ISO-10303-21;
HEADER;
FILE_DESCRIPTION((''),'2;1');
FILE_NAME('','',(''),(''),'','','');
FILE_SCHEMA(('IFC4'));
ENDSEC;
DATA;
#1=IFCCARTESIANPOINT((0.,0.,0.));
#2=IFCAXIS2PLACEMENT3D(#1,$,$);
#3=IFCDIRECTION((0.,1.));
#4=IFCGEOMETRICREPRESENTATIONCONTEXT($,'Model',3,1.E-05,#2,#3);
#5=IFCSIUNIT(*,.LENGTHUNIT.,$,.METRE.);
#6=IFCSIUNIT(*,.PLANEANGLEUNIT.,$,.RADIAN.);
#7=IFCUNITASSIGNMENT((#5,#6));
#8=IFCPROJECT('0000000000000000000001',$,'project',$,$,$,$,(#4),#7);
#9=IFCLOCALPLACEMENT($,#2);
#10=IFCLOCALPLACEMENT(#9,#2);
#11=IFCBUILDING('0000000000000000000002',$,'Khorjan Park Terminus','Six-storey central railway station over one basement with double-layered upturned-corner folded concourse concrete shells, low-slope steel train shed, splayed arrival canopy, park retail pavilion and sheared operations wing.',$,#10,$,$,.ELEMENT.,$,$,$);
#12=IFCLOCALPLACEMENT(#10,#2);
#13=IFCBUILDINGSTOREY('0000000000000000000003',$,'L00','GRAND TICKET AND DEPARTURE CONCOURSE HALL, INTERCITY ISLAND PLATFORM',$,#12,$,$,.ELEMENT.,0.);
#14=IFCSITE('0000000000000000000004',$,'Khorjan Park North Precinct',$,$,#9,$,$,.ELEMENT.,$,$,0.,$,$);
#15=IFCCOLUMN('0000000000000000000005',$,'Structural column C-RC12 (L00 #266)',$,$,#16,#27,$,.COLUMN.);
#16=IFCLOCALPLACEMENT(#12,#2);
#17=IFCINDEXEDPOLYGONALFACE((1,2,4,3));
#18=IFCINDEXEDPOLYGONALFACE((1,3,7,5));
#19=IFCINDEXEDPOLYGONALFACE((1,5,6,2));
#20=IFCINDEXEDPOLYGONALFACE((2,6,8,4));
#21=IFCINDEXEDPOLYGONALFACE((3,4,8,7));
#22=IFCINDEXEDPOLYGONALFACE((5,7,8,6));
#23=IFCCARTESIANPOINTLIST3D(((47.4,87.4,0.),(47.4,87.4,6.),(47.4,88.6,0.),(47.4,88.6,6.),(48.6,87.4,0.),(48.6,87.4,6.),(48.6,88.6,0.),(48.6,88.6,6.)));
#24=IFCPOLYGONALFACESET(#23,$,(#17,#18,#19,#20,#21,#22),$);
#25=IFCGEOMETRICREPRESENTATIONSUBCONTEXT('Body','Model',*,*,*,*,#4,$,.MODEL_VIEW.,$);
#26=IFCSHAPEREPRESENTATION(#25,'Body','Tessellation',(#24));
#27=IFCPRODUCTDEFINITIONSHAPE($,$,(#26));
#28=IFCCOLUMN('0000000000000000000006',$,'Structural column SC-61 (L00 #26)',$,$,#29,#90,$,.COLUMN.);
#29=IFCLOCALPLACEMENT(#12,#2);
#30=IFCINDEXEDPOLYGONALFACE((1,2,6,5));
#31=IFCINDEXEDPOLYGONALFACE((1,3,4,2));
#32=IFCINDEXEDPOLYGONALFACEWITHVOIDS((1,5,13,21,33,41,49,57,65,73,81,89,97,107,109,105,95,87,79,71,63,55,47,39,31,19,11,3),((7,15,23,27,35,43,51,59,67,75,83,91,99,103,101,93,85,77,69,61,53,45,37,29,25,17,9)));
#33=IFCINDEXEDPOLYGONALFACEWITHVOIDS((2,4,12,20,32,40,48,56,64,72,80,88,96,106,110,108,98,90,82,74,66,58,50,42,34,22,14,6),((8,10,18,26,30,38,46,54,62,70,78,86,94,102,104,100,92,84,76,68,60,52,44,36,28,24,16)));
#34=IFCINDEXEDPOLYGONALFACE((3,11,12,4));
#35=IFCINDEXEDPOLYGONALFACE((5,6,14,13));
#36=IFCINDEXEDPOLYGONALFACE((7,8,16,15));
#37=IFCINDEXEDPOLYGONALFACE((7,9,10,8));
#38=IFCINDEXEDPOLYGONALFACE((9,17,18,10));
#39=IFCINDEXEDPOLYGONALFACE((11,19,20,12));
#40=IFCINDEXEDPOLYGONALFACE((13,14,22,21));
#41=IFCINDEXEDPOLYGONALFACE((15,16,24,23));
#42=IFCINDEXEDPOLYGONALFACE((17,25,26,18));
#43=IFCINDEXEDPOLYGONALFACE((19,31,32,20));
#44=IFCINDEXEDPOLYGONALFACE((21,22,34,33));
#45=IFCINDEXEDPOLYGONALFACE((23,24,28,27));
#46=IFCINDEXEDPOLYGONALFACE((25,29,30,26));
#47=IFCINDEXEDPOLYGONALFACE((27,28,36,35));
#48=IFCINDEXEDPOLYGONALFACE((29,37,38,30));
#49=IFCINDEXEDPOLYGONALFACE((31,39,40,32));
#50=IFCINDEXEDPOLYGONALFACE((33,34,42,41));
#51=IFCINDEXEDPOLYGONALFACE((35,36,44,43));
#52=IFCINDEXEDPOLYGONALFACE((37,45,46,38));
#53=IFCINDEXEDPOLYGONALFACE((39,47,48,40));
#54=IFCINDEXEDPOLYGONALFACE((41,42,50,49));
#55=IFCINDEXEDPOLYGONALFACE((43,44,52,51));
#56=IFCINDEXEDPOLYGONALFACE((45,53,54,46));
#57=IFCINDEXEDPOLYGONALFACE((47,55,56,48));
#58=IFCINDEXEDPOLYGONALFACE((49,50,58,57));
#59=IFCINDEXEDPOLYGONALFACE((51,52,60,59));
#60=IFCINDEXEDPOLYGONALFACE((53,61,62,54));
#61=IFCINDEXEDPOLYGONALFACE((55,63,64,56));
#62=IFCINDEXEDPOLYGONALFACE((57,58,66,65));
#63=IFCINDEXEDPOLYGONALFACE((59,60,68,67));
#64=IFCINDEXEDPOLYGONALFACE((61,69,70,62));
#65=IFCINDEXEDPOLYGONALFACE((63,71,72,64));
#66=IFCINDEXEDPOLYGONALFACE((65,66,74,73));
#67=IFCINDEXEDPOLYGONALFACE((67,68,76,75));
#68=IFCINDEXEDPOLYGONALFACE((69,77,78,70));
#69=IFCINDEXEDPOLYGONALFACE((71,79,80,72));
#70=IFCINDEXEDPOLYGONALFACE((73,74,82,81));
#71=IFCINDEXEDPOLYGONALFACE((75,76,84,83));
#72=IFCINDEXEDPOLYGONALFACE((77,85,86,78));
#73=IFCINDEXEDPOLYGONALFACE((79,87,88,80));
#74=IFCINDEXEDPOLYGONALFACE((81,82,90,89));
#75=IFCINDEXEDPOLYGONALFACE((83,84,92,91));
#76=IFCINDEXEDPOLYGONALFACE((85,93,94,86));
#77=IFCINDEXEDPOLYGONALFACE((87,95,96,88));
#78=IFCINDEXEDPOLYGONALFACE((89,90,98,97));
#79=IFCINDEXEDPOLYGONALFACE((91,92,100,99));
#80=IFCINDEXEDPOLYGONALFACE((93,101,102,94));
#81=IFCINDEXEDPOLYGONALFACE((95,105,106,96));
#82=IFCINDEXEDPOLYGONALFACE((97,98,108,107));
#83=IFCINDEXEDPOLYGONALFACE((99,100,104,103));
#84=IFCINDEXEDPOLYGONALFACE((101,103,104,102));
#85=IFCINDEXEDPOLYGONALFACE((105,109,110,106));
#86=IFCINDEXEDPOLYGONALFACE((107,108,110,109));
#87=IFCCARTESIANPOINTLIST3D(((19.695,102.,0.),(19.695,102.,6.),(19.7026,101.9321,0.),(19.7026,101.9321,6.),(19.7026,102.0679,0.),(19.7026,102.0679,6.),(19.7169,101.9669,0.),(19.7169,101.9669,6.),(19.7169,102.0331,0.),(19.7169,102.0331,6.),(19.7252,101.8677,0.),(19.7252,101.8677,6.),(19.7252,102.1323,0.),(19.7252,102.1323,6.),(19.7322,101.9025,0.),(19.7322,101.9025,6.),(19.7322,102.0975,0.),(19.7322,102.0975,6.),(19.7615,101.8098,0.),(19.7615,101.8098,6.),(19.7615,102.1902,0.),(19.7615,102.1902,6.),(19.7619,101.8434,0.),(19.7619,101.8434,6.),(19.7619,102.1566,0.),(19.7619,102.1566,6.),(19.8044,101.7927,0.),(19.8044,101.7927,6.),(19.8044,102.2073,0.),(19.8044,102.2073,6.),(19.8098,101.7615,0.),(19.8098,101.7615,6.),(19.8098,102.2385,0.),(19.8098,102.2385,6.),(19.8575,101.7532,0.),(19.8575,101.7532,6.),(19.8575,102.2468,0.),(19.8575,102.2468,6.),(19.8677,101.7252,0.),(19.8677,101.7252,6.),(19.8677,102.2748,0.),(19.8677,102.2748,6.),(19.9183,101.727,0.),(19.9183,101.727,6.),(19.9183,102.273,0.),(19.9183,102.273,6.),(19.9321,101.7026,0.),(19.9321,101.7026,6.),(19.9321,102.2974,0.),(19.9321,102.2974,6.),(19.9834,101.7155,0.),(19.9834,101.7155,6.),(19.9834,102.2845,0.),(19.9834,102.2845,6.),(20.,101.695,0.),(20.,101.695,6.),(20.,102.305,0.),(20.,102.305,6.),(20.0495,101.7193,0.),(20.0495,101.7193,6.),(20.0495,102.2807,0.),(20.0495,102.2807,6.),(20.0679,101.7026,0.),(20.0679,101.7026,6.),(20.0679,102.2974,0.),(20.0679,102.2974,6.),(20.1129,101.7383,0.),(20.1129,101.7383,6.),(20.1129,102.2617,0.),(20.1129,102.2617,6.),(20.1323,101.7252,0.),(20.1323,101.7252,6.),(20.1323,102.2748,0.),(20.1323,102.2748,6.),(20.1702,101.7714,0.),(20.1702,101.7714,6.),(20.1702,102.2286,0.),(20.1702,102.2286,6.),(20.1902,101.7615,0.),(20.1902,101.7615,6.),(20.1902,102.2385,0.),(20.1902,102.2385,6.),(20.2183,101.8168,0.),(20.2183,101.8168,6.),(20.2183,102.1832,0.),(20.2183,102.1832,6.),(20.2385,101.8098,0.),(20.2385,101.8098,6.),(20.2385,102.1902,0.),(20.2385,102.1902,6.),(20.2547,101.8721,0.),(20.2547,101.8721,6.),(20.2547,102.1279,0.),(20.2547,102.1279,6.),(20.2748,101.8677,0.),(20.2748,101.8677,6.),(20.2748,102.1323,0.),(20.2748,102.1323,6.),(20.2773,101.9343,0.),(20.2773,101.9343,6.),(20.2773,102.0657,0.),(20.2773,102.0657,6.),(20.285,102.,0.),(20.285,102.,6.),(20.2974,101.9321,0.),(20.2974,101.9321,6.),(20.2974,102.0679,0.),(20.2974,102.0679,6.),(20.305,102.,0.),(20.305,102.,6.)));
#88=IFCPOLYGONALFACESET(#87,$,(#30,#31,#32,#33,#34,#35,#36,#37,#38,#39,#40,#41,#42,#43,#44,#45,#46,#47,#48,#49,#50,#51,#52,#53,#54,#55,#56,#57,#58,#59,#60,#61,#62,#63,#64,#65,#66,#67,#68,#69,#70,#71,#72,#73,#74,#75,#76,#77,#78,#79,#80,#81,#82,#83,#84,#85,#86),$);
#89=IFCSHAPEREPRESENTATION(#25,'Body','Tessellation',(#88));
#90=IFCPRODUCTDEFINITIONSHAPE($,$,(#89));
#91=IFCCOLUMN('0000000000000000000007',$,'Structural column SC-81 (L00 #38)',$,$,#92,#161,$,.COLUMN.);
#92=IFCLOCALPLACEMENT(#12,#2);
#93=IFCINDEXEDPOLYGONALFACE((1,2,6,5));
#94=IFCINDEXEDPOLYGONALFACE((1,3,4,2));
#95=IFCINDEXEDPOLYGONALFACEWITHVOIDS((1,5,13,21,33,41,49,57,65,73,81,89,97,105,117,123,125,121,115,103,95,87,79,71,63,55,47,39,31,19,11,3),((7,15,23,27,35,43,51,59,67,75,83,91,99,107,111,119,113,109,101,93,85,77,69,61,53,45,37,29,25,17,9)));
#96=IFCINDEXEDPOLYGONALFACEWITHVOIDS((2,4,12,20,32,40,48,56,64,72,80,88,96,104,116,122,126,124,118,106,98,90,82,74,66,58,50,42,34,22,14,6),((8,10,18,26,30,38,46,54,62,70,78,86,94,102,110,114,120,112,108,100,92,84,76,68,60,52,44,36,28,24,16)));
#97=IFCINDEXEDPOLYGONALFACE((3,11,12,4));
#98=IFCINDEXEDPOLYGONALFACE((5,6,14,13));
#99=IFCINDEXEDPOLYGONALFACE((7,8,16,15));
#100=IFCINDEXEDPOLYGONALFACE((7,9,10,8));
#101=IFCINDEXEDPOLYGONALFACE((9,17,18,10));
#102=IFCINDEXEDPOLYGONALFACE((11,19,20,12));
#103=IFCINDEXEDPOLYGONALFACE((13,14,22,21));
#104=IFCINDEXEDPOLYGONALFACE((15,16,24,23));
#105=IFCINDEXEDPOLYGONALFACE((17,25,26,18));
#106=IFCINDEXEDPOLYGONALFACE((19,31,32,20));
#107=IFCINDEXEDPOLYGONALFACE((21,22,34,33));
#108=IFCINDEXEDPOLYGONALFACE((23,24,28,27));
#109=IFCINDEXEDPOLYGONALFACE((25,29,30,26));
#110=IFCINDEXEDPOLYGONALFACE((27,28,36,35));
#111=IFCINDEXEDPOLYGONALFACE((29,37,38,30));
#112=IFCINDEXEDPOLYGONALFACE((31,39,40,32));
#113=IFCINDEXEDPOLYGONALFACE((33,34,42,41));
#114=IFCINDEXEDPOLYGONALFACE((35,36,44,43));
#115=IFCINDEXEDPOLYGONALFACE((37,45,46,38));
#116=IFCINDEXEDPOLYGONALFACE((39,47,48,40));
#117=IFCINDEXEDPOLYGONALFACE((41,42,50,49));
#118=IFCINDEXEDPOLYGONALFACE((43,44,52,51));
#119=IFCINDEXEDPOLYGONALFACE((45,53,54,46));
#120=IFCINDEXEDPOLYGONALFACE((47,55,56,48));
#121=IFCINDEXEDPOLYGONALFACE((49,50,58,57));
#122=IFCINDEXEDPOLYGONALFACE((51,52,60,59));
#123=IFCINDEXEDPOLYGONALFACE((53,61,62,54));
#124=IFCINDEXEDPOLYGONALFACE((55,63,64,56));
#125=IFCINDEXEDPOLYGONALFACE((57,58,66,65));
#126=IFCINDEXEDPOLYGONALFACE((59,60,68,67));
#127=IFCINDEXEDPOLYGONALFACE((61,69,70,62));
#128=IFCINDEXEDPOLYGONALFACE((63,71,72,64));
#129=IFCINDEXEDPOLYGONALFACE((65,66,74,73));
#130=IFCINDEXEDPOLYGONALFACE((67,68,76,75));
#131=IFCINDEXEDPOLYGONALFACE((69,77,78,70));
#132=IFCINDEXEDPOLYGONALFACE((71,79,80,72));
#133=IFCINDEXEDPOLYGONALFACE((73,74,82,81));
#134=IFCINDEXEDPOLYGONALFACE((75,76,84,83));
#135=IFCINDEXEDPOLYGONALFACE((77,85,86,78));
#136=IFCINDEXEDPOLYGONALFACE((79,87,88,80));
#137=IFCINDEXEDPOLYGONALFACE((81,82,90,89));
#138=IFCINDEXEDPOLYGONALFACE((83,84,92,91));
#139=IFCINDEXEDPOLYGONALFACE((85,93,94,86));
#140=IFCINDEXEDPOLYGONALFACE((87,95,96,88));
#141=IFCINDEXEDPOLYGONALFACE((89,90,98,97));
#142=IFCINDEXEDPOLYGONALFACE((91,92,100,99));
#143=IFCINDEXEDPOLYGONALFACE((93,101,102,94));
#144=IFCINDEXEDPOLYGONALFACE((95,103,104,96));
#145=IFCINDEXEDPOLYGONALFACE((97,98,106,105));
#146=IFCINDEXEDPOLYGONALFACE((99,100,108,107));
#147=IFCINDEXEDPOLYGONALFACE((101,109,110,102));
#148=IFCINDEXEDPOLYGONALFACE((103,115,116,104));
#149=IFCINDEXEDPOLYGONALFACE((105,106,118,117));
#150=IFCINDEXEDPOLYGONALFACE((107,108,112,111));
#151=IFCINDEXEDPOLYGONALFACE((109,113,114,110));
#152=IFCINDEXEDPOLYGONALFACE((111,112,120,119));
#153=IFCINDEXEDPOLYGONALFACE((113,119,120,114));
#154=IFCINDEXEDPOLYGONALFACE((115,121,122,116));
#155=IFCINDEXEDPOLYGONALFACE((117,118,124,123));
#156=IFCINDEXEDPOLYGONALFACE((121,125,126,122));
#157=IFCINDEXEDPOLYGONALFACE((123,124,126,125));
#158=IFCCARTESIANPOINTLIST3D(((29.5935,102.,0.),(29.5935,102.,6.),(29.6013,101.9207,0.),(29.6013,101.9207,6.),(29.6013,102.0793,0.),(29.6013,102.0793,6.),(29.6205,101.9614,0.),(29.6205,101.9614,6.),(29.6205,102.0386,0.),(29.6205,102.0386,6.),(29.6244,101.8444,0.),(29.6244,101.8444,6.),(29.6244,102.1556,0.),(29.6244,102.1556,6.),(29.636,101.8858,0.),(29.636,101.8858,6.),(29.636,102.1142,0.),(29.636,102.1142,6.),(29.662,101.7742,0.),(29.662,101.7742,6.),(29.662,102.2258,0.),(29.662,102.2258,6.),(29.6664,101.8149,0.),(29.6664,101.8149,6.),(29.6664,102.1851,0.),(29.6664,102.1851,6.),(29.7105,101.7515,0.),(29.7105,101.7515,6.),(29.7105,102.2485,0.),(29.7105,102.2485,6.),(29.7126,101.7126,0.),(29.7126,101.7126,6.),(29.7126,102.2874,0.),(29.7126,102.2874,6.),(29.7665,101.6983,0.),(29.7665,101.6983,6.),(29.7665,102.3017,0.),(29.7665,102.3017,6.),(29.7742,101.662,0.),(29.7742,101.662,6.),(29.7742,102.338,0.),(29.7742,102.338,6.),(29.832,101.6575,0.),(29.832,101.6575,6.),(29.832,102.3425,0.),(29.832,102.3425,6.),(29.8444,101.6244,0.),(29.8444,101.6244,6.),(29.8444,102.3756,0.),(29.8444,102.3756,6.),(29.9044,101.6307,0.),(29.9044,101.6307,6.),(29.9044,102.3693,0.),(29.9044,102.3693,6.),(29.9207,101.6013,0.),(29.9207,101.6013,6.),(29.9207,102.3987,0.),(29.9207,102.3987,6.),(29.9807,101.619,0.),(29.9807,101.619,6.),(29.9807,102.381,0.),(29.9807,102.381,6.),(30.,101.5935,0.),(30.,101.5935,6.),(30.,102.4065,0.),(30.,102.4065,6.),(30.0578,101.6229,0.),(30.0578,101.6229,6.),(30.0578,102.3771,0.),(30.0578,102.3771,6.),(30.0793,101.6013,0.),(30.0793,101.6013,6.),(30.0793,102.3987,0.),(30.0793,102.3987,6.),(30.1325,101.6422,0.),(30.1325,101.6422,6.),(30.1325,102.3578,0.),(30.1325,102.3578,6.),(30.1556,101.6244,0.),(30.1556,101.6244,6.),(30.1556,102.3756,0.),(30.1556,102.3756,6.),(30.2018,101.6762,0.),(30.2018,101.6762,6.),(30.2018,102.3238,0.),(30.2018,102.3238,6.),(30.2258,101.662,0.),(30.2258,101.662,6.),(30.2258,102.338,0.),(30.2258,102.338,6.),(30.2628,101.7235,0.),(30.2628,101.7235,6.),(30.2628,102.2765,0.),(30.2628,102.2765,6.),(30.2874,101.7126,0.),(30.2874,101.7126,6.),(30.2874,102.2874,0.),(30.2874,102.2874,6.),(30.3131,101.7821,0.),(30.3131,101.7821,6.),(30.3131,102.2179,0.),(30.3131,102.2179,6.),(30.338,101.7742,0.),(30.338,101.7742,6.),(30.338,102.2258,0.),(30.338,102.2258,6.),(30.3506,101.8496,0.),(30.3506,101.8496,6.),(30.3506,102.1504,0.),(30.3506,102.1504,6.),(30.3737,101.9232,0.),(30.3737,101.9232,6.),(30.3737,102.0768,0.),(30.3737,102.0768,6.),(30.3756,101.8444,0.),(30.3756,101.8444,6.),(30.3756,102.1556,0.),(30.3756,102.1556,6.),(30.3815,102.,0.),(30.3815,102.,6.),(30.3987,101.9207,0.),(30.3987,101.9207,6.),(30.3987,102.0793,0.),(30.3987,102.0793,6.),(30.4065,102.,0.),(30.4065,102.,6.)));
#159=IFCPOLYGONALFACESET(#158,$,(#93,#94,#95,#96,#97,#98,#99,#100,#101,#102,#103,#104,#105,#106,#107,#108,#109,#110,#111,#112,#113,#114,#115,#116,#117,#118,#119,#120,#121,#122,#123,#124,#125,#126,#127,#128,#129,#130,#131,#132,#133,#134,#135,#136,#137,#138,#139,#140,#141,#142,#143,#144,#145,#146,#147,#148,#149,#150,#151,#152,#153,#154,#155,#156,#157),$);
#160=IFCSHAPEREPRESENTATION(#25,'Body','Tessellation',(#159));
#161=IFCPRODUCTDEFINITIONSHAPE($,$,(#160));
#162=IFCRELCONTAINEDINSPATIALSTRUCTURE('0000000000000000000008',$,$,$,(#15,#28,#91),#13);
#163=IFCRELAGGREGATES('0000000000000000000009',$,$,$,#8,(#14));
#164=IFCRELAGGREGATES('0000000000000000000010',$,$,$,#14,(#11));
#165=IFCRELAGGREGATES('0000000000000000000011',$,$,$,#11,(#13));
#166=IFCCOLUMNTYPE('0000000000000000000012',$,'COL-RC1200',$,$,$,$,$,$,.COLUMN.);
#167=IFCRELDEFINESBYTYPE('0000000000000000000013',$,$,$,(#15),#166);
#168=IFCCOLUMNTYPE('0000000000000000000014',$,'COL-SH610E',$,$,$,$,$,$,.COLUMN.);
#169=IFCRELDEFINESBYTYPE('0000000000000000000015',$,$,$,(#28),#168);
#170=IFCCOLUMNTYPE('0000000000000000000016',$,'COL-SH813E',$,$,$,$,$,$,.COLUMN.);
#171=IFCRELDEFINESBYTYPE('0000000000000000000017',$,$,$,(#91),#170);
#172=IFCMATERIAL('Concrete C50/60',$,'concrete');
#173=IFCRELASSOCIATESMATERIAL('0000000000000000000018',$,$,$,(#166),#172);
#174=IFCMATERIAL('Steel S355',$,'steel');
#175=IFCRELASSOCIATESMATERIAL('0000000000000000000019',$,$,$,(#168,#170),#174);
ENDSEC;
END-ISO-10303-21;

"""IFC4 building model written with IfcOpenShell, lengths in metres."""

from ifc_helpers import new_model, si_unit, direction, frame, origin, origin_2d, place, context, subcontext, project, spatial, rectangle, hollow_circle, extrude, material, material_profile, profile_set, type_object, element, save


model = new_model("IFC4")

# Units and contexts
model_context = context("Model", 3, precision=1e-05, world=origin(), true_north=direction((0.0, 1.0)))
body_context = subcontext(model_context, "Body", "Model", "MODEL_VIEW")
ifc_project = project(units=[si_unit("LENGTHUNIT", "METRE"), si_unit("PLANEANGLEUNIT", "RADIAN")], contexts=[model_context])

# Site, building, storey
site_placement = place(None, origin())
site = spatial("IfcSite", under=ifc_project, at=site_placement, Name="Khorjan Park North Precinct", CompositionType="ELEMENT", RefElevation=0.0)
building_placement = place(site_placement, origin())
building = spatial("IfcBuilding", under=site, at=building_placement, Name="Khorjan Park Terminus", Description="Six-storey central railway station over one basement with double-layered upturned-corner folded concourse concrete shells, low-slope steel train shed, splayed arrival canopy, park retail pavilion and sheared operations wing.", CompositionType="ELEMENT")
storey_placement = place(building_placement, origin())
storey = spatial("IfcBuildingStorey", under=building, at=storey_placement, Name="L00", Description="GRAND TICKET AND DEPARTURE CONCOURSE HALL, INTERCITY ISLAND PLATFORM", CompositionType="ELEMENT", Elevation=0.0)

# Columns
ifc_material_1 = material(Name="Concrete C50/60", Category="concrete")
ifc_material_profile_1 = material_profile(ifc_material_1, rectangle(XDim=1.2, YDim=1.2, at=origin_2d()), Name="RC 1200x1200")
ifc_profile_set_1 = profile_set([ifc_material_profile_1], Name="Concrete C50/60")
column_type_1 = type_object("IfcColumnType", Name="COL-RC1200", PredefinedType="COLUMN", material=ifc_profile_set_1)
column_1_placement = place(storey_placement, frame((48.0, 88.0, 0.0), z_axis=(0.0, 0.0, 1.0), x_axis=(1.0, 0.0, 0.0)))
element("IfcColumn", 1, at=column_1_placement, inside=storey, type_object=column_type_1, Name="Structural column C-RC12 (L00 #266)", PredefinedType="COLUMN", context=body_context, shape_type="SweptSolid", body=[
    extrude(rectangle(XDim=1.2, YDim=1.2, at=origin_2d()), origin(), (0.0, 0.0, 1.0), 6.0),
])
ifc_material_2 = material(Name="Steel S355", Category="steel")
ifc_material_profile_2 = material_profile(ifc_material_2, hollow_circle(Radius=0.305, WallThickness=0.02, at=origin_2d()), Name="CHS 610x20")
ifc_profile_set_2 = profile_set([ifc_material_profile_2], Name="Steel S355")
column_type_2 = type_object("IfcColumnType", Name="COL-SH610E", PredefinedType="COLUMN", material=ifc_profile_set_2)
column_2_placement = place(storey_placement, frame((20.0, 102.0, 0.0), z_axis=(0.0, 0.0, 1.0), x_axis=(1.0, 0.0, 0.0)))
element("IfcColumn", 2, at=column_2_placement, inside=storey, type_object=column_type_2, Name="Structural column SC-61 (L00 #26)", PredefinedType="COLUMN", context=body_context, shape_type="SweptSolid", body=[
    extrude(hollow_circle(Radius=0.305, WallThickness=0.02, at=origin_2d()), origin(), (0.0, 0.0, 1.0), 6.0),
])
ifc_material_profile_3 = material_profile(ifc_material_2, hollow_circle(Radius=0.4065, WallThickness=0.025, at=origin_2d()), Name="CHS 813x25")
ifc_profile_set_3 = profile_set([ifc_material_profile_3], Name="Steel S355")
column_type_3 = type_object("IfcColumnType", Name="COL-SH813E", PredefinedType="COLUMN", material=ifc_profile_set_3)
column_3_placement = place(storey_placement, frame((30.0, 102.0, 0.0), z_axis=(0.0, 0.0, 1.0), x_axis=(1.0, 0.0, 0.0)))
element("IfcColumn", 3, at=column_3_placement, inside=storey, type_object=column_type_3, Name="Structural column SC-81 (L00 #38)", PredefinedType="COLUMN", context=body_context, shape_type="SweptSolid", body=[
    extrude(hollow_circle(Radius=0.4065, WallThickness=0.025, at=origin_2d()), origin(), (0.0, 0.0, 1.0), 6.0),
])

save(model, "model.ifc")
